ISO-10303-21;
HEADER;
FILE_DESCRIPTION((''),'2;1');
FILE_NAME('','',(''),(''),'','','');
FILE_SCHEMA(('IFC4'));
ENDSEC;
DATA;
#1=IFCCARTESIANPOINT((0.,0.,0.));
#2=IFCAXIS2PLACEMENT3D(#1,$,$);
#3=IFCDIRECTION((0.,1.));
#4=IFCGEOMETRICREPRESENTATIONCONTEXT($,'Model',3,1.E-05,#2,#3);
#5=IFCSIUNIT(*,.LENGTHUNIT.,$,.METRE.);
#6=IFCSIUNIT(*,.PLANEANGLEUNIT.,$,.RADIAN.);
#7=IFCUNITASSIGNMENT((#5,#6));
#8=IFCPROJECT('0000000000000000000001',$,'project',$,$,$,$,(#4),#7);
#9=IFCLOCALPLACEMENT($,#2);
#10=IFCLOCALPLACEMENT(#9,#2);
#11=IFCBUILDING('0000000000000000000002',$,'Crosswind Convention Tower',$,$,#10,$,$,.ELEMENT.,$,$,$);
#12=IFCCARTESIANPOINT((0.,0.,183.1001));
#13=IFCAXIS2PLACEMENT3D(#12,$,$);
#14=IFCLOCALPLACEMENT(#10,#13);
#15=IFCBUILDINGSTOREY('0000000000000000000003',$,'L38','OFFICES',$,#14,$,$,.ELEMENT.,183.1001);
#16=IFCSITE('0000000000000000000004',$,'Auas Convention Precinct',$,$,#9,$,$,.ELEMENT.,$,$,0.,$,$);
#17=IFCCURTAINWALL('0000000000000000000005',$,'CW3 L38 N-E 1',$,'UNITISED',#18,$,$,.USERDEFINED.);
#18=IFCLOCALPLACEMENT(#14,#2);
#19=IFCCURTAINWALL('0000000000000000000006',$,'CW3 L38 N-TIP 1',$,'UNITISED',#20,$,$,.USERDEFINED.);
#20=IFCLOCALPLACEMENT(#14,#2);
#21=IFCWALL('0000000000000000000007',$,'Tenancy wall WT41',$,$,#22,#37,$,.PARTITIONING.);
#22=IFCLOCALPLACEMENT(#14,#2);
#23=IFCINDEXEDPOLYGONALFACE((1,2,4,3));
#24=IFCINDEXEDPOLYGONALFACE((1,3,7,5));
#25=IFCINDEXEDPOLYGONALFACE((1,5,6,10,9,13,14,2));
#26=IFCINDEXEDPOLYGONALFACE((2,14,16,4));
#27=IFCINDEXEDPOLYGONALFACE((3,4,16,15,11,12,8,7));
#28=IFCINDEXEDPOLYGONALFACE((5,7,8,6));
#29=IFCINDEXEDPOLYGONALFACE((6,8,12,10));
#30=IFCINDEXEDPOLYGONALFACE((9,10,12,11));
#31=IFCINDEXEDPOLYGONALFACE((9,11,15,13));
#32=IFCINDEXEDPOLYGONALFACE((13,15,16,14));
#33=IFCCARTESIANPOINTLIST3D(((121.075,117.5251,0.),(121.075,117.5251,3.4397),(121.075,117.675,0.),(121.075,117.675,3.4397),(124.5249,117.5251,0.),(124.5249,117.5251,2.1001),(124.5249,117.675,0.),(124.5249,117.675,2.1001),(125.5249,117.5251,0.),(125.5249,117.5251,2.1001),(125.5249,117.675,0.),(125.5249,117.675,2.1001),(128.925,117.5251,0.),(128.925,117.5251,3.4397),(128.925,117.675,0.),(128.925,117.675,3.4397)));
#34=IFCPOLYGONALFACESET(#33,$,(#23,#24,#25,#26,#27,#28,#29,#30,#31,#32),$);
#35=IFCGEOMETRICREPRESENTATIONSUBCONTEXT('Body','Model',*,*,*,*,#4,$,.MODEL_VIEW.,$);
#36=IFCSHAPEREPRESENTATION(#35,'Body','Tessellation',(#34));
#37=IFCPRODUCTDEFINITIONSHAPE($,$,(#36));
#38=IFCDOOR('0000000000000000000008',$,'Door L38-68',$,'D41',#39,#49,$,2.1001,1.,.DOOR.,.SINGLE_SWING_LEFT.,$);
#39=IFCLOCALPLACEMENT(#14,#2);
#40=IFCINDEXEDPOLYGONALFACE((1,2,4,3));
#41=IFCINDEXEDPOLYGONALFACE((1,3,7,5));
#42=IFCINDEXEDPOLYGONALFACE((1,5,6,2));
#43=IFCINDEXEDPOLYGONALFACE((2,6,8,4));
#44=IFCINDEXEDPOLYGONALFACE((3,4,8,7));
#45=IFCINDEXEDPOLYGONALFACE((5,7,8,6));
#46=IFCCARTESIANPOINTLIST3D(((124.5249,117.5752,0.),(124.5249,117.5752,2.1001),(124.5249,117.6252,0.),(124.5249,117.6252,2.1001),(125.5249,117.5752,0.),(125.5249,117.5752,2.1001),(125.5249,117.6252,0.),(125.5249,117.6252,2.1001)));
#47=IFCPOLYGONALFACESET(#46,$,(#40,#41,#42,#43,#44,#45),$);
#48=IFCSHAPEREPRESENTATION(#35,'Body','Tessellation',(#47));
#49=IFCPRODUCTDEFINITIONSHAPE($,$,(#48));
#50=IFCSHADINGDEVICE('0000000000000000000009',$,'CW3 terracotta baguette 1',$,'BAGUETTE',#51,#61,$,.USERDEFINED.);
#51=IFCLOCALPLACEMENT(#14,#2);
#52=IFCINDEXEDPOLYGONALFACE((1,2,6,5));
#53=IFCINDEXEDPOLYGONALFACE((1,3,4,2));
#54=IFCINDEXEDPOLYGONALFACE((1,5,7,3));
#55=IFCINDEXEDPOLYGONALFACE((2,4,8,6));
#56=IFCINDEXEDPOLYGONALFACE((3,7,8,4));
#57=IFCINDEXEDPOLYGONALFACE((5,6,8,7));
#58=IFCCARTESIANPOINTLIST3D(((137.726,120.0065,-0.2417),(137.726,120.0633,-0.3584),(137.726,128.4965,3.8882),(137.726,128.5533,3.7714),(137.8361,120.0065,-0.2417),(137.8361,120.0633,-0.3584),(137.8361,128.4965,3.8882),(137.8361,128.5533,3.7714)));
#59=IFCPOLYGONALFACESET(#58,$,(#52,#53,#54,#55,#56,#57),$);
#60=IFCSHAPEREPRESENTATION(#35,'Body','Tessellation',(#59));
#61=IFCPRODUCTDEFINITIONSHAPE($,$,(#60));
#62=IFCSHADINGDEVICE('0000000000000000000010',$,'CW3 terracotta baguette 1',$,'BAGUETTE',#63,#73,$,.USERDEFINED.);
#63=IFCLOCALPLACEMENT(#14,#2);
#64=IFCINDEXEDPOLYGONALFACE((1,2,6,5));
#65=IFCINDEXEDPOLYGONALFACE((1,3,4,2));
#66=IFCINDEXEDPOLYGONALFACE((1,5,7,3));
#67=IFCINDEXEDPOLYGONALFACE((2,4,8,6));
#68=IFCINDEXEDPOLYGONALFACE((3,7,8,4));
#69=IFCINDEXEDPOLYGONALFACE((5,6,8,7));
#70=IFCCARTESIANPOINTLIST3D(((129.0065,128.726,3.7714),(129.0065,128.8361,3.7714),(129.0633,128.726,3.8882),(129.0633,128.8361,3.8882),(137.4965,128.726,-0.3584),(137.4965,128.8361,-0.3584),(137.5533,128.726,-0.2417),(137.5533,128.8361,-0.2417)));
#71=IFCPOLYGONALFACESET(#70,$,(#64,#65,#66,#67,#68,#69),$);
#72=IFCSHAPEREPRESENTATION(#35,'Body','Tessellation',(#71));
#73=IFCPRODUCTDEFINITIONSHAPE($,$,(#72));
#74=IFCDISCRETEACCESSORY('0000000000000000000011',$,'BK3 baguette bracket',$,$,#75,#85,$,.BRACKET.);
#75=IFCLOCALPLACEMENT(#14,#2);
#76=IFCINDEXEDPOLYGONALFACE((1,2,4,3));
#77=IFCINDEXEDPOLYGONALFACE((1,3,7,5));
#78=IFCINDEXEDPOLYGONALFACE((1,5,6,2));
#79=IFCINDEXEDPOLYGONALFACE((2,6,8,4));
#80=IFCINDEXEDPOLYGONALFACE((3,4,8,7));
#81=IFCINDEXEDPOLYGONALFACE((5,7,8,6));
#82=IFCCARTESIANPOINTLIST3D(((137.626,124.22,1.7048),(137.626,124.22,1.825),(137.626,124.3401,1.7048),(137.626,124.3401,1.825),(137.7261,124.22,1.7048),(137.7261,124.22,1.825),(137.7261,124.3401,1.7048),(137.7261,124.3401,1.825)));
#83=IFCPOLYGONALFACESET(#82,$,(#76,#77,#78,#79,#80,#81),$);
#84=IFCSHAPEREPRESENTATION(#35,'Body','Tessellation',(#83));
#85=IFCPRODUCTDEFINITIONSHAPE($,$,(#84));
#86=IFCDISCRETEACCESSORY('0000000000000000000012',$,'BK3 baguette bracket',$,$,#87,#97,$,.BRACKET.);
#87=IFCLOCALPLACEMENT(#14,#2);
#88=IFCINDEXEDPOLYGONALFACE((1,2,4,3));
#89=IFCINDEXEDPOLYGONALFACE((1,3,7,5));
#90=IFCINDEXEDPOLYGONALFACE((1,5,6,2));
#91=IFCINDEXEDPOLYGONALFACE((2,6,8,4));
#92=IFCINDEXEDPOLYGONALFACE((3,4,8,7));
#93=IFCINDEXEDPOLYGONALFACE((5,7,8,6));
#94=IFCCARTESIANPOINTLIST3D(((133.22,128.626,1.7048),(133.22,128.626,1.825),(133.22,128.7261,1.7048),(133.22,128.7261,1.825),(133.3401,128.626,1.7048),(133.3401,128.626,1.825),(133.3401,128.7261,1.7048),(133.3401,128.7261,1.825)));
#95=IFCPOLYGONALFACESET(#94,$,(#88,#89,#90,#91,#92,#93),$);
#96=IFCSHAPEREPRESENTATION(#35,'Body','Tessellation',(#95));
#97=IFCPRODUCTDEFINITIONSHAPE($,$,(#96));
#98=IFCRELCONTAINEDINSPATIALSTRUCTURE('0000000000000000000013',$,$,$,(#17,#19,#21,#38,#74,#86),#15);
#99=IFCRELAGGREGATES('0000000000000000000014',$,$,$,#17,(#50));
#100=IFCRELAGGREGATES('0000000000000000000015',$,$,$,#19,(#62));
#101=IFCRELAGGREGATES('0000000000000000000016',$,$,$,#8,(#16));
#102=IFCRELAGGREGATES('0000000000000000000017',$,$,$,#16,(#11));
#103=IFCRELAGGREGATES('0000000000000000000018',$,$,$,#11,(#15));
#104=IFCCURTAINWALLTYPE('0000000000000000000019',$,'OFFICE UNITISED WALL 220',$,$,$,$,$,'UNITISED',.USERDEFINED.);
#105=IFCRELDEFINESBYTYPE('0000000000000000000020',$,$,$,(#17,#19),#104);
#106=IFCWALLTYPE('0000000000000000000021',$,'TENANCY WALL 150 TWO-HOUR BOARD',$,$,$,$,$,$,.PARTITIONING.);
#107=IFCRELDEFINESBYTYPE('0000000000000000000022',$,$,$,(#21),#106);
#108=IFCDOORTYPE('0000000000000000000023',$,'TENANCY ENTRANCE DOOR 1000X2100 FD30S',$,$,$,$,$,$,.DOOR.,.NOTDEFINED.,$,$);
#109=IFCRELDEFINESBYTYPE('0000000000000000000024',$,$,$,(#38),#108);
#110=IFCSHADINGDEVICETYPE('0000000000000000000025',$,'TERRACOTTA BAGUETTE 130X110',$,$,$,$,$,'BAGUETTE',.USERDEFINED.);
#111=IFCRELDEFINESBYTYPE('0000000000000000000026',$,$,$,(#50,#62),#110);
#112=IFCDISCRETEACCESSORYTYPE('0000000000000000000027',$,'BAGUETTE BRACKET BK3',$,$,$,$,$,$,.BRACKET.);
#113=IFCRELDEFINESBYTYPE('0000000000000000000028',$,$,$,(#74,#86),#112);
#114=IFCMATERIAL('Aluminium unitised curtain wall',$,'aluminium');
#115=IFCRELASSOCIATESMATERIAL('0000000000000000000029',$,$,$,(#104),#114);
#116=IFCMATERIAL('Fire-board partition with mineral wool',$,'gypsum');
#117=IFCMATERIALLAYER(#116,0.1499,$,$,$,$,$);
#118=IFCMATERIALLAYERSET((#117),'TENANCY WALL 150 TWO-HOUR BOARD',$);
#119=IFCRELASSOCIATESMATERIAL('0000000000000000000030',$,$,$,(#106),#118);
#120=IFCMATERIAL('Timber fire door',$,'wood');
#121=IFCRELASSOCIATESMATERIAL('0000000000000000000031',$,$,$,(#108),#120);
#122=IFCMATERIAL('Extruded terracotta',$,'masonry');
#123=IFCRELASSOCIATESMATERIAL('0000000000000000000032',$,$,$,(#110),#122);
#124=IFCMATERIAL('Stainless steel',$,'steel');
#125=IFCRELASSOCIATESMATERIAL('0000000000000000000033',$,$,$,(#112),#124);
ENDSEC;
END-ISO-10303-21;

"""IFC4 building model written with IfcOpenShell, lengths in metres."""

from ifc_helpers import new_model, si_unit, direction, frame, frame_2d, origin, origin_2d, place, context, subcontext, project, spatial, rectangle, extrude, material, layer, layer_set, material_profile, profile_set, type_object, element, fill, aggregate, save


model = new_model("IFC4")

# Units and contexts
model_context = context("Model", 3, precision=1e-05, world=origin(), true_north=direction((0.0, 1.0)))
body_context = subcontext(model_context, "Body", "Model", "MODEL_VIEW")
ifc_project = project(units=[si_unit("LENGTHUNIT", "METRE"), si_unit("PLANEANGLEUNIT", "RADIAN")], contexts=[model_context])

# Site, building, storey
site_placement = place(None, origin())
site = spatial("IfcSite", under=ifc_project, at=site_placement, Name="Auas Convention Precinct", CompositionType="ELEMENT", RefElevation=0.0)
building_placement = place(site_placement, origin())
building = spatial("IfcBuilding", under=site, at=building_placement, Name="Crosswind Convention Tower", CompositionType="ELEMENT")
storey_placement = place(building_placement, frame((0.0, 0.0, 183.1001)))
storey = spatial("IfcBuildingStorey", under=building, at=storey_placement, Name="L38", Description="OFFICES", CompositionType="ELEMENT", Elevation=183.1001)

# Shared definitions
ifc_material_1 = material(Name="Aluminium unitised curtain wall", Category="aluminium")

# Curtain wall
curtain_wall_type_1 = type_object("IfcCurtainWallType", Name="OFFICE UNITISED WALL 220", ElementType="UNITISED", PredefinedType="USERDEFINED", material=ifc_material_1)
curtain_wall_1_placement = place(storey_placement, origin())
curtain_wall_1 = element("IfcCurtainWall", 1, at=curtain_wall_1_placement, inside=storey, type_object=curtain_wall_type_1, Name="CW3 L38 N-E 1", ObjectType="UNITISED", PredefinedType="USERDEFINED")

# Curtain wall
curtain_wall_2_placement = place(storey_placement, origin())
curtain_wall_2 = element("IfcCurtainWall", 2, at=curtain_wall_2_placement, inside=storey, type_object=curtain_wall_type_1, Name="CW3 L38 N-TIP 1", ObjectType="UNITISED", PredefinedType="USERDEFINED")

# Wall, opening, door
ifc_material_2 = material(Name="Fire-board partition with mineral wool", Category="gypsum")
ifc_layer_1 = layer(ifc_material_2, 0.1499)
ifc_layer_set_1 = layer_set([ifc_layer_1], Name="TENANCY WALL 150 TWO-HOUR BOARD")
wall_type_1 = type_object("IfcWallType", Name="TENANCY WALL 150 TWO-HOUR BOARD", PredefinedType="PARTITIONING", material=ifc_layer_set_1)
wall_1_placement = place(storey_placement, frame((121.075, 117.6001, 0.0), z_axis=(0.0, 0.0, 1.0), x_axis=(1.0, 0.0, 0.0)))
wall_1 = element("IfcWall", 3, at=wall_1_placement, inside=storey, type_object=wall_type_1, Name="Tenancy wall WT41", PredefinedType="PARTITIONING", context=body_context, shape_type="SweptSolid", body=[
    extrude(rectangle(XDim=7.8501, YDim=0.1499, at=frame_2d((3.925, 0.0))), origin(), (0.0, 0.0, 1.0), 3.4397),
])
opening_placement = place(wall_1_placement, frame((3.45, 0.0, 0.0)))
opening = element("IfcOpeningElement", 4, at=opening_placement, cuts=wall_1, PredefinedType="OPENING", context=body_context, shape_type="SweptSolid", body=[
    extrude(rectangle(XDim=1.0, YDim=2.1001, at=frame_2d((0.5, 1.05))), frame((0.0, 0.085, 0.0), z_axis=(0.0, -1.0, 0.0), x_axis=(1.0, 0.0, 0.0)), (0.0, 0.0, 1.0), 0.1699),
])
ifc_material_3 = material(Name="Timber fire door", Category="wood")
door_type = type_object("IfcDoorType", Name="TENANCY ENTRANCE DOOR 1000X2100 FD30S", OperationType="NOTDEFINED", PredefinedType="DOOR", material=ifc_material_3)
door_placement = place(opening_placement, frame((1.0, 0.0, 0.0), z_axis=(0.0, 0.0, 1.0), x_axis=(-1.0, 0.0, 0.0)))
door = element("IfcDoor", 5, at=door_placement, inside=storey, type_object=door_type, Name="Door L38-68", ObjectType="D41", OperationType="SINGLE_SWING_LEFT", OverallHeight=2.1001, OverallWidth=1.0, PredefinedType="DOOR", context=body_context, shape_type="SweptSolid", body=[
    extrude(rectangle(XDim=1.0, YDim=2.1001, at=frame_2d((0.5, 1.05))), frame((0.0, 0.0249, 0.0), z_axis=(0.0, -1.0, 0.0), x_axis=(1.0, 0.0, 0.0)), (0.0, 0.0, 1.0), 0.05),
])
fill(opening, door)

# Shading devices
ifc_material_4 = material(Name="Extruded terracotta", Category="masonry")
ifc_material_profile_1 = material_profile(ifc_material_4, rectangle(XDim=0.1101, YDim=0.1299, at=origin_2d()), Name="TC 110X130")
ifc_profile_set_1 = profile_set([ifc_material_profile_1], Name="Extruded terracotta")
shading_device_type = type_object("IfcShadingDeviceType", Name="TERRACOTTA BAGUETTE 130X110", ElementType="BAGUETTE", PredefinedType="USERDEFINED", material=ifc_profile_set_1)
shading_device_1_placement = place(storey_placement, frame((137.781, 120.0349, -0.3), z_axis=(0.0, 0.899251, 0.437433), x_axis=(-1.0, 0.0, 0.0)))
shading_device_1 = element("IfcShadingDevice", 6, at=shading_device_1_placement, type_object=shading_device_type, Name="CW3 terracotta baguette 1", ObjectType="BAGUETTE", PredefinedType="USERDEFINED", context=body_context, shape_type="SweptSolid", body=[
    extrude(rectangle(XDim=0.1101, YDim=0.1299, at=origin_2d()), origin(), (0.0, 0.0, 1.0), 9.4412),
])
aggregate(curtain_wall_1, [shading_device_1])
shading_device_2_placement = place(storey_placement, frame((137.5249, 128.781, -0.3), z_axis=(-0.899251, 0.0, 0.437433), x_axis=(0.0, -1.0, 0.0)))
shading_device_2 = element("IfcShadingDevice", 7, at=shading_device_2_placement, type_object=shading_device_type, Name="CW3 terracotta baguette 1", ObjectType="BAGUETTE", PredefinedType="USERDEFINED", context=body_context, shape_type="SweptSolid", body=[
    extrude(rectangle(XDim=0.1101, YDim=0.1299, at=origin_2d()), origin(), (0.0, 0.0, 1.0), 9.4412),
])
aggregate(curtain_wall_2, [shading_device_2])

# Discrete accessories
ifc_material_5 = material(Name="Stainless steel", Category="steel")
discrete_accessory_type = type_object("IfcDiscreteAccessoryType", Name="BAGUETTE BRACKET BK3", PredefinedType="BRACKET", material=ifc_material_5)
for number, where, z_axis, x_axis, name in (
    (8, (137.676, 124.28, 1.7048), (0.0, 0.0, 1.0), (0.0, 1.0, 0.0), "BK3 baguette bracket"),
    (9, (133.28, 128.676, 1.7048), (0.0, 0.0, 1.0), (-1.0, 0.0, 0.0), "BK3 baguette bracket"),
):
    element("IfcDiscreteAccessory", number, at=place(storey_placement, frame(where, z_axis=z_axis, x_axis=x_axis)), inside=storey, type_object=discrete_accessory_type, Name=name, PredefinedType="BRACKET", context=body_context, shape_type="SweptSolid", body=[
        extrude(rectangle(XDim=0.1201, YDim=0.1001, at=origin_2d()), origin(), (0.0, 0.0, 1.0), 0.1201),
    ])

save(model, "model.ifc")
